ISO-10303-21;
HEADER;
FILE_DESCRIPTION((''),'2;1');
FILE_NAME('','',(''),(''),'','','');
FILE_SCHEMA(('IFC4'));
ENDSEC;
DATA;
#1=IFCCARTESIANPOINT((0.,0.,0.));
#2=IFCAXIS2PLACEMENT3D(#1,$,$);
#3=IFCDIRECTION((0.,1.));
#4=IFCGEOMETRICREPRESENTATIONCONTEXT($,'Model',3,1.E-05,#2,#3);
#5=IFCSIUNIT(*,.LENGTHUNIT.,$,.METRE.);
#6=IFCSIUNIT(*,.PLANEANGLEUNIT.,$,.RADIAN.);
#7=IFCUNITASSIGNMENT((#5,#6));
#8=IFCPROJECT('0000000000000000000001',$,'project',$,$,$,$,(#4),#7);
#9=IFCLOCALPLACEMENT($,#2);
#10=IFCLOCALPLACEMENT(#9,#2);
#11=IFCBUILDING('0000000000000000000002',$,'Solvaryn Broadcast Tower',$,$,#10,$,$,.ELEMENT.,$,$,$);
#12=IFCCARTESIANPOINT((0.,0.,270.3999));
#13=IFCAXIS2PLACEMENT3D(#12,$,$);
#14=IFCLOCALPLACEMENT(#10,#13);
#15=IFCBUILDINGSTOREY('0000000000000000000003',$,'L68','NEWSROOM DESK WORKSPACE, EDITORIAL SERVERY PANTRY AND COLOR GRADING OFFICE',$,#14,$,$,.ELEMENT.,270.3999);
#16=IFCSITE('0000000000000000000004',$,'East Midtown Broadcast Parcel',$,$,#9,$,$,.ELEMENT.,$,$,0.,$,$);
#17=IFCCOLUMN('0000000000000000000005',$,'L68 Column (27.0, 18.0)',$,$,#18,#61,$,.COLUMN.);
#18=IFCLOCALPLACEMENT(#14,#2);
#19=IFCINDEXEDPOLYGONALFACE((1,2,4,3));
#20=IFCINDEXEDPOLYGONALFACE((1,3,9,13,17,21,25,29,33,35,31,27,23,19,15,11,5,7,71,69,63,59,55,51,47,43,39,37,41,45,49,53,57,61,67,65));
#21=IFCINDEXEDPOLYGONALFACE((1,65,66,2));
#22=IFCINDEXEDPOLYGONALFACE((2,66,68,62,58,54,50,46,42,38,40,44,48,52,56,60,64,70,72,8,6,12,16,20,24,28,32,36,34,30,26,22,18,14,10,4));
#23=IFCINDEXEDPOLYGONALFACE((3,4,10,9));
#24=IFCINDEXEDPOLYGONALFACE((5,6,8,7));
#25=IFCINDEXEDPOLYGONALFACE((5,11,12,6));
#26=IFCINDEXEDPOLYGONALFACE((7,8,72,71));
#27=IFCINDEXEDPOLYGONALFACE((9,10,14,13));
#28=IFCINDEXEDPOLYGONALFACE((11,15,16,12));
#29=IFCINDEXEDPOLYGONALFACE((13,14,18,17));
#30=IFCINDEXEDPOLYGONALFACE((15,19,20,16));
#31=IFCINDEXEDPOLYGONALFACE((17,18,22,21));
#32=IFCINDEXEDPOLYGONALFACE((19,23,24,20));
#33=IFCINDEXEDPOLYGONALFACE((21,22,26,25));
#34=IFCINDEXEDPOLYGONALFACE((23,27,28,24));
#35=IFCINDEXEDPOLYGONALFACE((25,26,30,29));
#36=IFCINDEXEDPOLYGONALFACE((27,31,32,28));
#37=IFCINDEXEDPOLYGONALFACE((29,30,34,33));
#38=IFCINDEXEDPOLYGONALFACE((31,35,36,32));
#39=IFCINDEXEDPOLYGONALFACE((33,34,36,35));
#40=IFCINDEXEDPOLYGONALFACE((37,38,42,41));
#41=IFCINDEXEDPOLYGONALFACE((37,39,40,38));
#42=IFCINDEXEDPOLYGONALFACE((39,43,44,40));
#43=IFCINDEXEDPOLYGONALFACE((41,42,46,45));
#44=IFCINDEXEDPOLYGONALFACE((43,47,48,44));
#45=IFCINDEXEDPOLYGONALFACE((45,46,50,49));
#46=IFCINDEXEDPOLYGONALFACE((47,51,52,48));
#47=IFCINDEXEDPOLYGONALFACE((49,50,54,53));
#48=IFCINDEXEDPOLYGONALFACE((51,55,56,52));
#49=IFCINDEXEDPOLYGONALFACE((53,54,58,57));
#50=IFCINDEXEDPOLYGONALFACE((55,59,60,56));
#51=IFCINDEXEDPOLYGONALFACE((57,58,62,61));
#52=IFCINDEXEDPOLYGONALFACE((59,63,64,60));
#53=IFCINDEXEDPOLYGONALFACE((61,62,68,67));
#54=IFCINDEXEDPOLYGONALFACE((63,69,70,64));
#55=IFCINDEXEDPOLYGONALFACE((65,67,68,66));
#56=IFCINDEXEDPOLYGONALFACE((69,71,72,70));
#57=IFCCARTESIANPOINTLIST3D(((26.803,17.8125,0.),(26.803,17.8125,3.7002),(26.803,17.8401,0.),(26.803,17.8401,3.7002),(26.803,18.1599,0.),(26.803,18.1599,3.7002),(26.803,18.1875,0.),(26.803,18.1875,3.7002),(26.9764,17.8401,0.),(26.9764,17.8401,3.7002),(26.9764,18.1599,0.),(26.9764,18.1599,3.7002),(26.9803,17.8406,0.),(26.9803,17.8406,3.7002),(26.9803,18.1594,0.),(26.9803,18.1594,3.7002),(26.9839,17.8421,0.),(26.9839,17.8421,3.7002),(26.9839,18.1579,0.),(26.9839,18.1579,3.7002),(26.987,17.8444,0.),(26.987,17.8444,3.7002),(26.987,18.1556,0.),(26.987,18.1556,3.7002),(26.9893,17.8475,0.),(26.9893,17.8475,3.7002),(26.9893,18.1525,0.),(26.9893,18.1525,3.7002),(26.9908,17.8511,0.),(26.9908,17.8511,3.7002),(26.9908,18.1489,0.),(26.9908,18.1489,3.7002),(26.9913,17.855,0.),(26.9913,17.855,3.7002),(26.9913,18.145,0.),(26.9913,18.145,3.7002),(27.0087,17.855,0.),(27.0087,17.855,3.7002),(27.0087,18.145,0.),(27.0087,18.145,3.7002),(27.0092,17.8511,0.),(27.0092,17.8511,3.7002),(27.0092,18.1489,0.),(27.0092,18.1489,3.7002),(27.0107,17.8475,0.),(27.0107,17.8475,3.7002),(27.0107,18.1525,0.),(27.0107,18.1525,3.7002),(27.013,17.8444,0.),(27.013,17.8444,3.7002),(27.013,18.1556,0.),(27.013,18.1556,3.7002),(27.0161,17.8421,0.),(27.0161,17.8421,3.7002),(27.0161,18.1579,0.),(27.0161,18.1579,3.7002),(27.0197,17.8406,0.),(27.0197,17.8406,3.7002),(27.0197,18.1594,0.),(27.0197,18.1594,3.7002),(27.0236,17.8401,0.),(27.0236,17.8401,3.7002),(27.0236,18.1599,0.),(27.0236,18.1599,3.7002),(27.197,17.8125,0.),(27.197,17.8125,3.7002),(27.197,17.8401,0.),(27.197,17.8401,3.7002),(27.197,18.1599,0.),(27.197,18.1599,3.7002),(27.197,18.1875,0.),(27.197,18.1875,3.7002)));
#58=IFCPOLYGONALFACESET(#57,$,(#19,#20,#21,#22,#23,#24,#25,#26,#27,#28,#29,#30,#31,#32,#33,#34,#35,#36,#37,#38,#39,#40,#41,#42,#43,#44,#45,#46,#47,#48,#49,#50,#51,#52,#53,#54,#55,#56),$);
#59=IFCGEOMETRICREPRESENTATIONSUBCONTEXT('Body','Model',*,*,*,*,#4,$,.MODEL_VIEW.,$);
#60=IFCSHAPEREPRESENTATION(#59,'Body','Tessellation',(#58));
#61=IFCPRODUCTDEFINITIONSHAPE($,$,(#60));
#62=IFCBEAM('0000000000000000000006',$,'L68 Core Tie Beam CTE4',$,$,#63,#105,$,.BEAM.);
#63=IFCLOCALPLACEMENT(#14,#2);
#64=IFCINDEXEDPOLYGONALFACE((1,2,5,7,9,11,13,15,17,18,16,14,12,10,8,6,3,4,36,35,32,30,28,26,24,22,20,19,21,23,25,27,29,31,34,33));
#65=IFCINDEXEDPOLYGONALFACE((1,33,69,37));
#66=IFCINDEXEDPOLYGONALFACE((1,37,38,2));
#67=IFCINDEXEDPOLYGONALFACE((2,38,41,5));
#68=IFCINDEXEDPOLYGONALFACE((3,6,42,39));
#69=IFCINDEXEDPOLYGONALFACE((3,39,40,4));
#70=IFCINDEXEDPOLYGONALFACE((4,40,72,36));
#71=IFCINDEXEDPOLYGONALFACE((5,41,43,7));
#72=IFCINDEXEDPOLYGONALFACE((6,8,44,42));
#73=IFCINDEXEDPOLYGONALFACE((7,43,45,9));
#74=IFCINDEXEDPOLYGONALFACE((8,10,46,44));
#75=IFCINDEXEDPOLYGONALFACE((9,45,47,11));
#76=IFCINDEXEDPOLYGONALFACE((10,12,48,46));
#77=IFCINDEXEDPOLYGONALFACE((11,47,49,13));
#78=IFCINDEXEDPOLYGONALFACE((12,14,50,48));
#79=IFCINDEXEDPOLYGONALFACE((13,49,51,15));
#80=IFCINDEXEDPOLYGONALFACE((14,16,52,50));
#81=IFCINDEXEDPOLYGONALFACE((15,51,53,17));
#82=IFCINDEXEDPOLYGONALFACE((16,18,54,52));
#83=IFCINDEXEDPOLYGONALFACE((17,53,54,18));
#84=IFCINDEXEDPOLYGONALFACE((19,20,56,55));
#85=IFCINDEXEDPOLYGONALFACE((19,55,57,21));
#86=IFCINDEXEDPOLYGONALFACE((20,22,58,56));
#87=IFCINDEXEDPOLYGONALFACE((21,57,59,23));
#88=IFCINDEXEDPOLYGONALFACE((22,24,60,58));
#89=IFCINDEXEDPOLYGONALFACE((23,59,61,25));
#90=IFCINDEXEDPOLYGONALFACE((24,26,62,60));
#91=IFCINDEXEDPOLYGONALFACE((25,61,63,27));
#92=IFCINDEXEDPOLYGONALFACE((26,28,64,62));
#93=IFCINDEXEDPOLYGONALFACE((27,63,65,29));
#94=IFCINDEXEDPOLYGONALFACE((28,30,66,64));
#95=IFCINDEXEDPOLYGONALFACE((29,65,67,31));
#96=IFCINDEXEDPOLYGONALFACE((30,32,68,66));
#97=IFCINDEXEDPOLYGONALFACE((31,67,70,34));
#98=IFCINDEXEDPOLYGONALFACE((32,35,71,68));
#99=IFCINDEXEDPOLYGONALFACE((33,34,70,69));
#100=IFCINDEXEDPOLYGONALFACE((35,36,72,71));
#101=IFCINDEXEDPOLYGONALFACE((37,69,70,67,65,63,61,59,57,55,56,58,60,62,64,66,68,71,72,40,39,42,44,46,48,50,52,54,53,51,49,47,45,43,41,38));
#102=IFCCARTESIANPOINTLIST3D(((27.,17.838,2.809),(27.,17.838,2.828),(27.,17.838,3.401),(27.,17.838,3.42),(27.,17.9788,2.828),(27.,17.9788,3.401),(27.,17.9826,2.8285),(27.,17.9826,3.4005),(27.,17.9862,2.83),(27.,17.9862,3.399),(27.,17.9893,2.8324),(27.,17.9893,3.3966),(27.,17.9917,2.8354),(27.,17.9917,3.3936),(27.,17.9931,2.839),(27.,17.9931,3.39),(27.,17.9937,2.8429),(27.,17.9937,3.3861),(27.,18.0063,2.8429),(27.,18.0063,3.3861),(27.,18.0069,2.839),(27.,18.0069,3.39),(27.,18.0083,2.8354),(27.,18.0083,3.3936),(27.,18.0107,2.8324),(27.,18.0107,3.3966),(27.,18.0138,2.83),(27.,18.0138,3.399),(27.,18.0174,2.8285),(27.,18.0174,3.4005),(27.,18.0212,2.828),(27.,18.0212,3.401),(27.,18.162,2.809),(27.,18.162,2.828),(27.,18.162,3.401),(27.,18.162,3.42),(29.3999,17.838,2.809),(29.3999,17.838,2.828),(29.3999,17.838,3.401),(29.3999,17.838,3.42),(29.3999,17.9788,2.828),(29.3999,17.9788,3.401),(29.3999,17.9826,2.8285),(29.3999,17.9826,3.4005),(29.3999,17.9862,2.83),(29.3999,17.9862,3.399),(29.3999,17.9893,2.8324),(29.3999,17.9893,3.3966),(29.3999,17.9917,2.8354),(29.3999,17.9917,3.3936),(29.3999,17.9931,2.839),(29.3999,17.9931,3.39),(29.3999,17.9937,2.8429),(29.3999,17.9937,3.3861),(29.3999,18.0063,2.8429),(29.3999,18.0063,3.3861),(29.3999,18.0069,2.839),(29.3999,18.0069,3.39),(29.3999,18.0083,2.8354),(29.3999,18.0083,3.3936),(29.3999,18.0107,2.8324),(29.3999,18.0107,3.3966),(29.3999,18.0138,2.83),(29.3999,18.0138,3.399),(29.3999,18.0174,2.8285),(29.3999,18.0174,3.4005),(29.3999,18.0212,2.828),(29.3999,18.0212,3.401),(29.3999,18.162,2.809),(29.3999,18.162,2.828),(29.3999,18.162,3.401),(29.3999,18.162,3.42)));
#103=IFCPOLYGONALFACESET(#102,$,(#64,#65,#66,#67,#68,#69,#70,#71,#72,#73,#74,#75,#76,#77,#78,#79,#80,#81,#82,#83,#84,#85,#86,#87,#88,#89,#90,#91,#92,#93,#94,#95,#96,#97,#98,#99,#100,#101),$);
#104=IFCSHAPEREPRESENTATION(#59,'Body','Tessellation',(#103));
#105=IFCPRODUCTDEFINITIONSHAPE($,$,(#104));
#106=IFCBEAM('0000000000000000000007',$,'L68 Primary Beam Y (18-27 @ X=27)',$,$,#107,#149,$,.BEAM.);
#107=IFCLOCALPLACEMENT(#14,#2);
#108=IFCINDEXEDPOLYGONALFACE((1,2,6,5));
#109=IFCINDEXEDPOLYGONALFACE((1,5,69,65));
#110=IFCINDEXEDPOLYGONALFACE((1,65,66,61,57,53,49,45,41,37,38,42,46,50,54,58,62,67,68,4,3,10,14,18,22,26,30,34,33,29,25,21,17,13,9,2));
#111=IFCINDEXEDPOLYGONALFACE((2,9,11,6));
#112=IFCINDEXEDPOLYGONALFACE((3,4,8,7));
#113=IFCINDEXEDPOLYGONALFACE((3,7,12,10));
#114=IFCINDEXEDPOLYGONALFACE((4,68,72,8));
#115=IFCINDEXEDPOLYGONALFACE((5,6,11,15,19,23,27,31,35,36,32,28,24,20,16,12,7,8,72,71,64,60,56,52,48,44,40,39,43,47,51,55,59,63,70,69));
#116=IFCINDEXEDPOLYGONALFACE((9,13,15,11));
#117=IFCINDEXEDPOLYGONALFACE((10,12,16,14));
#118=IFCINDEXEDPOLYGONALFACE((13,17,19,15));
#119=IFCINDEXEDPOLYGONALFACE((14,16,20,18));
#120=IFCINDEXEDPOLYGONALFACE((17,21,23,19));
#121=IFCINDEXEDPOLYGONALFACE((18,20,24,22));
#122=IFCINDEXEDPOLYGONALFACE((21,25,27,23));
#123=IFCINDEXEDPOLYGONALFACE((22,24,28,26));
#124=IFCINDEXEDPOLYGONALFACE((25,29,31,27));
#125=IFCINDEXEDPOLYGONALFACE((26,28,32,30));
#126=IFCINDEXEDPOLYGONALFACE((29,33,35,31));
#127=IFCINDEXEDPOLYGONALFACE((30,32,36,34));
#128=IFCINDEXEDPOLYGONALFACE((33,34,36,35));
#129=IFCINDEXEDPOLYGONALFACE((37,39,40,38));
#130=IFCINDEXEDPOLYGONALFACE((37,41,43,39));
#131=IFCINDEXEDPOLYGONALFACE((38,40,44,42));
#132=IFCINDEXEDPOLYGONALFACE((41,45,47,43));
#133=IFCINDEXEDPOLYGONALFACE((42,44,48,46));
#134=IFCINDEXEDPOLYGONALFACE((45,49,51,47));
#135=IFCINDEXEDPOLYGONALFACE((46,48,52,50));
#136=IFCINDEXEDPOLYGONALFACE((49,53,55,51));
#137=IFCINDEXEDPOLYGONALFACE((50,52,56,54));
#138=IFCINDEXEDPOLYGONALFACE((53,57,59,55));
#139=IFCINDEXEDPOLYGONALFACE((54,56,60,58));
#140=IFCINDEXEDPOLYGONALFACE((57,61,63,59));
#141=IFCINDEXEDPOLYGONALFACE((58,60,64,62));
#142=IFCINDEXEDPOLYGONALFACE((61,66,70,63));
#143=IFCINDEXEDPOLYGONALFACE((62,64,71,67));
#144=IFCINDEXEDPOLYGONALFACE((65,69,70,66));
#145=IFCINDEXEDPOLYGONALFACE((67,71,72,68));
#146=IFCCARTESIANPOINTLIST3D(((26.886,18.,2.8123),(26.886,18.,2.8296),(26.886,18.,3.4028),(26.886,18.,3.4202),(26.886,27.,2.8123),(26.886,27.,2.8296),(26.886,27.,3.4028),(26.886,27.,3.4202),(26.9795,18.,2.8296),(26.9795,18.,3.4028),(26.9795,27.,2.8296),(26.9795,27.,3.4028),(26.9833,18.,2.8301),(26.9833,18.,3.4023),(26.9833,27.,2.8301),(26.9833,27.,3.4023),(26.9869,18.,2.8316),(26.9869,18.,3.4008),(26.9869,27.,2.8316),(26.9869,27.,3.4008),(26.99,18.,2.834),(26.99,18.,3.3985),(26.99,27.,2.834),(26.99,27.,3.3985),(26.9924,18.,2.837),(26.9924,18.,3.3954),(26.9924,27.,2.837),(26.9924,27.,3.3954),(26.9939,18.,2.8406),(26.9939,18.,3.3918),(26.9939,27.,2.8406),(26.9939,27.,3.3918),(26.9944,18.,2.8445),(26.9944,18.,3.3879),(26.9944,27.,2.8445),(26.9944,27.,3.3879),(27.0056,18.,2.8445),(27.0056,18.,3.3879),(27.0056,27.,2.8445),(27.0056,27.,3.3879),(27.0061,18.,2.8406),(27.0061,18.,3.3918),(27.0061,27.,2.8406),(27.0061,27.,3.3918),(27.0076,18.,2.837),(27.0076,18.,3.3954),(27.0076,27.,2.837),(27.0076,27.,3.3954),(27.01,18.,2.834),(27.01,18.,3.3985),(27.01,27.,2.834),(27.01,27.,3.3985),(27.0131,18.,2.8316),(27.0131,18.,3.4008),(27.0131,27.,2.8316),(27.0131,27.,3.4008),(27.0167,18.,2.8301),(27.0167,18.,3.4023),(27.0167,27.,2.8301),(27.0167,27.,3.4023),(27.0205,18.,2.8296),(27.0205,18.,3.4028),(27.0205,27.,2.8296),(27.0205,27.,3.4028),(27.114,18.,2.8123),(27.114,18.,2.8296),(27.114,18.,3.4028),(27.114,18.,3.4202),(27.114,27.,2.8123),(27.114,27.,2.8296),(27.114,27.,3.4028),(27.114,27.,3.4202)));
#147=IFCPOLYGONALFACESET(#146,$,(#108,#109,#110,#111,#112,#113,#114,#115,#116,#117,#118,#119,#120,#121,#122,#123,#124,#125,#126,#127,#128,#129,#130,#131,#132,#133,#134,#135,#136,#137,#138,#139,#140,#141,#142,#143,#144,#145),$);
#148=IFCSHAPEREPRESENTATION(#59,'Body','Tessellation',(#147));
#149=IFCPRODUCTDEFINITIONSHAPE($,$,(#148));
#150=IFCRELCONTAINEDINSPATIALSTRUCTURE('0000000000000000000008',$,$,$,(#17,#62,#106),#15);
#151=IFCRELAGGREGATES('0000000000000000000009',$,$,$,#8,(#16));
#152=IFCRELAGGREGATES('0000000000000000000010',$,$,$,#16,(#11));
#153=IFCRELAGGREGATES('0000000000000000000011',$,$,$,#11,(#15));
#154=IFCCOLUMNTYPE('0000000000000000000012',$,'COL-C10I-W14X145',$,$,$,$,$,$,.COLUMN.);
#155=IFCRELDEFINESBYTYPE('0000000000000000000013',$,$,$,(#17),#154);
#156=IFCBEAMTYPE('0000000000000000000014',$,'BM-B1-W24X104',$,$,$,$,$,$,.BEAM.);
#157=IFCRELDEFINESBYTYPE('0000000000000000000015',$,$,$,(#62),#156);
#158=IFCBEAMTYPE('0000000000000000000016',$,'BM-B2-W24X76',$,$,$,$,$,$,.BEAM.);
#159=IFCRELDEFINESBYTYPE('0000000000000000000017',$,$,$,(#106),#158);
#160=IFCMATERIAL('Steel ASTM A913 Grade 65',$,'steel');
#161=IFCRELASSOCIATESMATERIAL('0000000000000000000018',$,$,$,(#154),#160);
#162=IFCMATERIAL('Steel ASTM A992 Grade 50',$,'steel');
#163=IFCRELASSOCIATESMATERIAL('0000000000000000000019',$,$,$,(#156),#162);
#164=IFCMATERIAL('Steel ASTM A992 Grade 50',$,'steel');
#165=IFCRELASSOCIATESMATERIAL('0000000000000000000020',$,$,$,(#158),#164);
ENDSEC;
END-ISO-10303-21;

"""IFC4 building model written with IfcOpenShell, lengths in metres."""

from ifc_helpers import new_model, si_unit, direction, frame, origin, origin_2d, place, context, subcontext, project, spatial, i_section, extrude, material, material_profile, profile_set, type_object, element, save


model = new_model("IFC4")

# Units and contexts
model_context = context("Model", 3, precision=1e-05, world=origin(), true_north=direction((0.0, 1.0)))
body_context = subcontext(model_context, "Body", "Model", "MODEL_VIEW")
ifc_project = project(units=[si_unit("LENGTHUNIT", "METRE"), si_unit("PLANEANGLEUNIT", "RADIAN")], contexts=[model_context])

# Site, building, storey
site_placement = place(None, origin())
site = spatial("IfcSite", under=ifc_project, at=site_placement, Name="East Midtown Broadcast Parcel", CompositionType="ELEMENT", RefElevation=0.0)
building_placement = place(site_placement, origin())
building = spatial("IfcBuilding", under=site, at=building_placement, Name="Solvaryn Broadcast Tower", CompositionType="ELEMENT")
storey_placement = place(building_placement, frame((0.0, 0.0, 270.3999)))
storey = spatial("IfcBuildingStorey", under=building, at=storey_placement, Name="L68", Description="NEWSROOM DESK WORKSPACE, EDITORIAL SERVERY PANTRY AND COLOR GRADING OFFICE", CompositionType="ELEMENT", Elevation=270.3999)

# Column
ifc_material_1 = material(Name="Steel ASTM A913 Grade 65", Category="steel")
ifc_material_profile_1 = material_profile(ifc_material_1, i_section(OverallWidth=0.394, OverallDepth=0.375, WebThickness=0.0173, FlangeThickness=0.0276, FilletRadius=0.0149, at=origin_2d()))
ifc_profile_set_1 = profile_set([ifc_material_profile_1], Name="Steel ASTM A913 Grade 65")
column_type = type_object("IfcColumnType", Name="COL-C10I-W14X145", PredefinedType="COLUMN", material=ifc_profile_set_1)
column_placement = place(storey_placement, frame((27.0, 18.0, 0.0), z_axis=(0.0, 0.0, 1.0), x_axis=(1.0, 0.0, 0.0)))
element("IfcColumn", 1, at=column_placement, inside=storey, type_object=column_type, Name="L68 Column (27.0, 18.0)", PredefinedType="COLUMN", context=body_context, shape_type="SweptSolid", body=[
    extrude(i_section(OverallWidth=0.394, OverallDepth=0.375, WebThickness=0.0173, FlangeThickness=0.0276, FilletRadius=0.0149, at=origin_2d()), origin(), (0.0, 0.0, 1.0), 3.7002),
])

# Beams
ifc_material_2 = material(Name="Steel ASTM A992 Grade 50", Category="steel")
ifc_material_profile_2 = material_profile(ifc_material_2, i_section(OverallWidth=0.324, OverallDepth=0.6111, WebThickness=0.0127, FlangeThickness=0.019, FilletRadius=0.0149, at=origin_2d()))
ifc_profile_set_2 = profile_set([ifc_material_profile_2], Name="Steel ASTM A992 Grade 50")
beam_type_1 = type_object("IfcBeamType", Name="BM-B1-W24X104", PredefinedType="BEAM", material=ifc_profile_set_2)
beam_1_placement = place(storey_placement, frame((27.0, 18.0, 3.1145), z_axis=(1.0, 0.0, 0.0), x_axis=(0.0, 1.0, 0.0)))
element("IfcBeam", 2, at=beam_1_placement, inside=storey, type_object=beam_type_1, Name="L68 Core Tie Beam CTE4", PredefinedType="BEAM", context=body_context, shape_type="SweptSolid", body=[
    extrude(i_section(OverallWidth=0.324, OverallDepth=0.6111, WebThickness=0.0127, FlangeThickness=0.019, FilletRadius=0.0149, at=origin_2d()), origin(), (0.0, 0.0, 1.0), 2.3999),
])
ifc_material_3 = material(Name="Steel ASTM A992 Grade 50", Category="steel")
ifc_material_profile_3 = material_profile(ifc_material_3, i_section(OverallWidth=0.228, OverallDepth=0.6079, WebThickness=0.0112, FlangeThickness=0.0173, FilletRadius=0.0149, at=origin_2d()))
ifc_profile_set_3 = profile_set([ifc_material_profile_3], Name="Steel ASTM A992 Grade 50")
beam_type_2 = type_object("IfcBeamType", Name="BM-B2-W24X76", PredefinedType="BEAM", material=ifc_profile_set_3)
beam_2_placement = place(storey_placement, frame((27.0, 18.0, 3.1162), z_axis=(0.0, 1.0, 0.0), x_axis=(-1.0, 0.0, 0.0)))
element("IfcBeam", 3, at=beam_2_placement, inside=storey, type_object=beam_type_2, Name="L68 Primary Beam Y (18-27 @ X=27)", PredefinedType="BEAM", context=body_context, shape_type="SweptSolid", body=[
    extrude(i_section(OverallWidth=0.228, OverallDepth=0.6079, WebThickness=0.0112, FlangeThickness=0.0173, FilletRadius=0.0149, at=origin_2d()), origin(), (0.0, 0.0, 1.0), 9.0),
])

save(model, "model.ifc")
